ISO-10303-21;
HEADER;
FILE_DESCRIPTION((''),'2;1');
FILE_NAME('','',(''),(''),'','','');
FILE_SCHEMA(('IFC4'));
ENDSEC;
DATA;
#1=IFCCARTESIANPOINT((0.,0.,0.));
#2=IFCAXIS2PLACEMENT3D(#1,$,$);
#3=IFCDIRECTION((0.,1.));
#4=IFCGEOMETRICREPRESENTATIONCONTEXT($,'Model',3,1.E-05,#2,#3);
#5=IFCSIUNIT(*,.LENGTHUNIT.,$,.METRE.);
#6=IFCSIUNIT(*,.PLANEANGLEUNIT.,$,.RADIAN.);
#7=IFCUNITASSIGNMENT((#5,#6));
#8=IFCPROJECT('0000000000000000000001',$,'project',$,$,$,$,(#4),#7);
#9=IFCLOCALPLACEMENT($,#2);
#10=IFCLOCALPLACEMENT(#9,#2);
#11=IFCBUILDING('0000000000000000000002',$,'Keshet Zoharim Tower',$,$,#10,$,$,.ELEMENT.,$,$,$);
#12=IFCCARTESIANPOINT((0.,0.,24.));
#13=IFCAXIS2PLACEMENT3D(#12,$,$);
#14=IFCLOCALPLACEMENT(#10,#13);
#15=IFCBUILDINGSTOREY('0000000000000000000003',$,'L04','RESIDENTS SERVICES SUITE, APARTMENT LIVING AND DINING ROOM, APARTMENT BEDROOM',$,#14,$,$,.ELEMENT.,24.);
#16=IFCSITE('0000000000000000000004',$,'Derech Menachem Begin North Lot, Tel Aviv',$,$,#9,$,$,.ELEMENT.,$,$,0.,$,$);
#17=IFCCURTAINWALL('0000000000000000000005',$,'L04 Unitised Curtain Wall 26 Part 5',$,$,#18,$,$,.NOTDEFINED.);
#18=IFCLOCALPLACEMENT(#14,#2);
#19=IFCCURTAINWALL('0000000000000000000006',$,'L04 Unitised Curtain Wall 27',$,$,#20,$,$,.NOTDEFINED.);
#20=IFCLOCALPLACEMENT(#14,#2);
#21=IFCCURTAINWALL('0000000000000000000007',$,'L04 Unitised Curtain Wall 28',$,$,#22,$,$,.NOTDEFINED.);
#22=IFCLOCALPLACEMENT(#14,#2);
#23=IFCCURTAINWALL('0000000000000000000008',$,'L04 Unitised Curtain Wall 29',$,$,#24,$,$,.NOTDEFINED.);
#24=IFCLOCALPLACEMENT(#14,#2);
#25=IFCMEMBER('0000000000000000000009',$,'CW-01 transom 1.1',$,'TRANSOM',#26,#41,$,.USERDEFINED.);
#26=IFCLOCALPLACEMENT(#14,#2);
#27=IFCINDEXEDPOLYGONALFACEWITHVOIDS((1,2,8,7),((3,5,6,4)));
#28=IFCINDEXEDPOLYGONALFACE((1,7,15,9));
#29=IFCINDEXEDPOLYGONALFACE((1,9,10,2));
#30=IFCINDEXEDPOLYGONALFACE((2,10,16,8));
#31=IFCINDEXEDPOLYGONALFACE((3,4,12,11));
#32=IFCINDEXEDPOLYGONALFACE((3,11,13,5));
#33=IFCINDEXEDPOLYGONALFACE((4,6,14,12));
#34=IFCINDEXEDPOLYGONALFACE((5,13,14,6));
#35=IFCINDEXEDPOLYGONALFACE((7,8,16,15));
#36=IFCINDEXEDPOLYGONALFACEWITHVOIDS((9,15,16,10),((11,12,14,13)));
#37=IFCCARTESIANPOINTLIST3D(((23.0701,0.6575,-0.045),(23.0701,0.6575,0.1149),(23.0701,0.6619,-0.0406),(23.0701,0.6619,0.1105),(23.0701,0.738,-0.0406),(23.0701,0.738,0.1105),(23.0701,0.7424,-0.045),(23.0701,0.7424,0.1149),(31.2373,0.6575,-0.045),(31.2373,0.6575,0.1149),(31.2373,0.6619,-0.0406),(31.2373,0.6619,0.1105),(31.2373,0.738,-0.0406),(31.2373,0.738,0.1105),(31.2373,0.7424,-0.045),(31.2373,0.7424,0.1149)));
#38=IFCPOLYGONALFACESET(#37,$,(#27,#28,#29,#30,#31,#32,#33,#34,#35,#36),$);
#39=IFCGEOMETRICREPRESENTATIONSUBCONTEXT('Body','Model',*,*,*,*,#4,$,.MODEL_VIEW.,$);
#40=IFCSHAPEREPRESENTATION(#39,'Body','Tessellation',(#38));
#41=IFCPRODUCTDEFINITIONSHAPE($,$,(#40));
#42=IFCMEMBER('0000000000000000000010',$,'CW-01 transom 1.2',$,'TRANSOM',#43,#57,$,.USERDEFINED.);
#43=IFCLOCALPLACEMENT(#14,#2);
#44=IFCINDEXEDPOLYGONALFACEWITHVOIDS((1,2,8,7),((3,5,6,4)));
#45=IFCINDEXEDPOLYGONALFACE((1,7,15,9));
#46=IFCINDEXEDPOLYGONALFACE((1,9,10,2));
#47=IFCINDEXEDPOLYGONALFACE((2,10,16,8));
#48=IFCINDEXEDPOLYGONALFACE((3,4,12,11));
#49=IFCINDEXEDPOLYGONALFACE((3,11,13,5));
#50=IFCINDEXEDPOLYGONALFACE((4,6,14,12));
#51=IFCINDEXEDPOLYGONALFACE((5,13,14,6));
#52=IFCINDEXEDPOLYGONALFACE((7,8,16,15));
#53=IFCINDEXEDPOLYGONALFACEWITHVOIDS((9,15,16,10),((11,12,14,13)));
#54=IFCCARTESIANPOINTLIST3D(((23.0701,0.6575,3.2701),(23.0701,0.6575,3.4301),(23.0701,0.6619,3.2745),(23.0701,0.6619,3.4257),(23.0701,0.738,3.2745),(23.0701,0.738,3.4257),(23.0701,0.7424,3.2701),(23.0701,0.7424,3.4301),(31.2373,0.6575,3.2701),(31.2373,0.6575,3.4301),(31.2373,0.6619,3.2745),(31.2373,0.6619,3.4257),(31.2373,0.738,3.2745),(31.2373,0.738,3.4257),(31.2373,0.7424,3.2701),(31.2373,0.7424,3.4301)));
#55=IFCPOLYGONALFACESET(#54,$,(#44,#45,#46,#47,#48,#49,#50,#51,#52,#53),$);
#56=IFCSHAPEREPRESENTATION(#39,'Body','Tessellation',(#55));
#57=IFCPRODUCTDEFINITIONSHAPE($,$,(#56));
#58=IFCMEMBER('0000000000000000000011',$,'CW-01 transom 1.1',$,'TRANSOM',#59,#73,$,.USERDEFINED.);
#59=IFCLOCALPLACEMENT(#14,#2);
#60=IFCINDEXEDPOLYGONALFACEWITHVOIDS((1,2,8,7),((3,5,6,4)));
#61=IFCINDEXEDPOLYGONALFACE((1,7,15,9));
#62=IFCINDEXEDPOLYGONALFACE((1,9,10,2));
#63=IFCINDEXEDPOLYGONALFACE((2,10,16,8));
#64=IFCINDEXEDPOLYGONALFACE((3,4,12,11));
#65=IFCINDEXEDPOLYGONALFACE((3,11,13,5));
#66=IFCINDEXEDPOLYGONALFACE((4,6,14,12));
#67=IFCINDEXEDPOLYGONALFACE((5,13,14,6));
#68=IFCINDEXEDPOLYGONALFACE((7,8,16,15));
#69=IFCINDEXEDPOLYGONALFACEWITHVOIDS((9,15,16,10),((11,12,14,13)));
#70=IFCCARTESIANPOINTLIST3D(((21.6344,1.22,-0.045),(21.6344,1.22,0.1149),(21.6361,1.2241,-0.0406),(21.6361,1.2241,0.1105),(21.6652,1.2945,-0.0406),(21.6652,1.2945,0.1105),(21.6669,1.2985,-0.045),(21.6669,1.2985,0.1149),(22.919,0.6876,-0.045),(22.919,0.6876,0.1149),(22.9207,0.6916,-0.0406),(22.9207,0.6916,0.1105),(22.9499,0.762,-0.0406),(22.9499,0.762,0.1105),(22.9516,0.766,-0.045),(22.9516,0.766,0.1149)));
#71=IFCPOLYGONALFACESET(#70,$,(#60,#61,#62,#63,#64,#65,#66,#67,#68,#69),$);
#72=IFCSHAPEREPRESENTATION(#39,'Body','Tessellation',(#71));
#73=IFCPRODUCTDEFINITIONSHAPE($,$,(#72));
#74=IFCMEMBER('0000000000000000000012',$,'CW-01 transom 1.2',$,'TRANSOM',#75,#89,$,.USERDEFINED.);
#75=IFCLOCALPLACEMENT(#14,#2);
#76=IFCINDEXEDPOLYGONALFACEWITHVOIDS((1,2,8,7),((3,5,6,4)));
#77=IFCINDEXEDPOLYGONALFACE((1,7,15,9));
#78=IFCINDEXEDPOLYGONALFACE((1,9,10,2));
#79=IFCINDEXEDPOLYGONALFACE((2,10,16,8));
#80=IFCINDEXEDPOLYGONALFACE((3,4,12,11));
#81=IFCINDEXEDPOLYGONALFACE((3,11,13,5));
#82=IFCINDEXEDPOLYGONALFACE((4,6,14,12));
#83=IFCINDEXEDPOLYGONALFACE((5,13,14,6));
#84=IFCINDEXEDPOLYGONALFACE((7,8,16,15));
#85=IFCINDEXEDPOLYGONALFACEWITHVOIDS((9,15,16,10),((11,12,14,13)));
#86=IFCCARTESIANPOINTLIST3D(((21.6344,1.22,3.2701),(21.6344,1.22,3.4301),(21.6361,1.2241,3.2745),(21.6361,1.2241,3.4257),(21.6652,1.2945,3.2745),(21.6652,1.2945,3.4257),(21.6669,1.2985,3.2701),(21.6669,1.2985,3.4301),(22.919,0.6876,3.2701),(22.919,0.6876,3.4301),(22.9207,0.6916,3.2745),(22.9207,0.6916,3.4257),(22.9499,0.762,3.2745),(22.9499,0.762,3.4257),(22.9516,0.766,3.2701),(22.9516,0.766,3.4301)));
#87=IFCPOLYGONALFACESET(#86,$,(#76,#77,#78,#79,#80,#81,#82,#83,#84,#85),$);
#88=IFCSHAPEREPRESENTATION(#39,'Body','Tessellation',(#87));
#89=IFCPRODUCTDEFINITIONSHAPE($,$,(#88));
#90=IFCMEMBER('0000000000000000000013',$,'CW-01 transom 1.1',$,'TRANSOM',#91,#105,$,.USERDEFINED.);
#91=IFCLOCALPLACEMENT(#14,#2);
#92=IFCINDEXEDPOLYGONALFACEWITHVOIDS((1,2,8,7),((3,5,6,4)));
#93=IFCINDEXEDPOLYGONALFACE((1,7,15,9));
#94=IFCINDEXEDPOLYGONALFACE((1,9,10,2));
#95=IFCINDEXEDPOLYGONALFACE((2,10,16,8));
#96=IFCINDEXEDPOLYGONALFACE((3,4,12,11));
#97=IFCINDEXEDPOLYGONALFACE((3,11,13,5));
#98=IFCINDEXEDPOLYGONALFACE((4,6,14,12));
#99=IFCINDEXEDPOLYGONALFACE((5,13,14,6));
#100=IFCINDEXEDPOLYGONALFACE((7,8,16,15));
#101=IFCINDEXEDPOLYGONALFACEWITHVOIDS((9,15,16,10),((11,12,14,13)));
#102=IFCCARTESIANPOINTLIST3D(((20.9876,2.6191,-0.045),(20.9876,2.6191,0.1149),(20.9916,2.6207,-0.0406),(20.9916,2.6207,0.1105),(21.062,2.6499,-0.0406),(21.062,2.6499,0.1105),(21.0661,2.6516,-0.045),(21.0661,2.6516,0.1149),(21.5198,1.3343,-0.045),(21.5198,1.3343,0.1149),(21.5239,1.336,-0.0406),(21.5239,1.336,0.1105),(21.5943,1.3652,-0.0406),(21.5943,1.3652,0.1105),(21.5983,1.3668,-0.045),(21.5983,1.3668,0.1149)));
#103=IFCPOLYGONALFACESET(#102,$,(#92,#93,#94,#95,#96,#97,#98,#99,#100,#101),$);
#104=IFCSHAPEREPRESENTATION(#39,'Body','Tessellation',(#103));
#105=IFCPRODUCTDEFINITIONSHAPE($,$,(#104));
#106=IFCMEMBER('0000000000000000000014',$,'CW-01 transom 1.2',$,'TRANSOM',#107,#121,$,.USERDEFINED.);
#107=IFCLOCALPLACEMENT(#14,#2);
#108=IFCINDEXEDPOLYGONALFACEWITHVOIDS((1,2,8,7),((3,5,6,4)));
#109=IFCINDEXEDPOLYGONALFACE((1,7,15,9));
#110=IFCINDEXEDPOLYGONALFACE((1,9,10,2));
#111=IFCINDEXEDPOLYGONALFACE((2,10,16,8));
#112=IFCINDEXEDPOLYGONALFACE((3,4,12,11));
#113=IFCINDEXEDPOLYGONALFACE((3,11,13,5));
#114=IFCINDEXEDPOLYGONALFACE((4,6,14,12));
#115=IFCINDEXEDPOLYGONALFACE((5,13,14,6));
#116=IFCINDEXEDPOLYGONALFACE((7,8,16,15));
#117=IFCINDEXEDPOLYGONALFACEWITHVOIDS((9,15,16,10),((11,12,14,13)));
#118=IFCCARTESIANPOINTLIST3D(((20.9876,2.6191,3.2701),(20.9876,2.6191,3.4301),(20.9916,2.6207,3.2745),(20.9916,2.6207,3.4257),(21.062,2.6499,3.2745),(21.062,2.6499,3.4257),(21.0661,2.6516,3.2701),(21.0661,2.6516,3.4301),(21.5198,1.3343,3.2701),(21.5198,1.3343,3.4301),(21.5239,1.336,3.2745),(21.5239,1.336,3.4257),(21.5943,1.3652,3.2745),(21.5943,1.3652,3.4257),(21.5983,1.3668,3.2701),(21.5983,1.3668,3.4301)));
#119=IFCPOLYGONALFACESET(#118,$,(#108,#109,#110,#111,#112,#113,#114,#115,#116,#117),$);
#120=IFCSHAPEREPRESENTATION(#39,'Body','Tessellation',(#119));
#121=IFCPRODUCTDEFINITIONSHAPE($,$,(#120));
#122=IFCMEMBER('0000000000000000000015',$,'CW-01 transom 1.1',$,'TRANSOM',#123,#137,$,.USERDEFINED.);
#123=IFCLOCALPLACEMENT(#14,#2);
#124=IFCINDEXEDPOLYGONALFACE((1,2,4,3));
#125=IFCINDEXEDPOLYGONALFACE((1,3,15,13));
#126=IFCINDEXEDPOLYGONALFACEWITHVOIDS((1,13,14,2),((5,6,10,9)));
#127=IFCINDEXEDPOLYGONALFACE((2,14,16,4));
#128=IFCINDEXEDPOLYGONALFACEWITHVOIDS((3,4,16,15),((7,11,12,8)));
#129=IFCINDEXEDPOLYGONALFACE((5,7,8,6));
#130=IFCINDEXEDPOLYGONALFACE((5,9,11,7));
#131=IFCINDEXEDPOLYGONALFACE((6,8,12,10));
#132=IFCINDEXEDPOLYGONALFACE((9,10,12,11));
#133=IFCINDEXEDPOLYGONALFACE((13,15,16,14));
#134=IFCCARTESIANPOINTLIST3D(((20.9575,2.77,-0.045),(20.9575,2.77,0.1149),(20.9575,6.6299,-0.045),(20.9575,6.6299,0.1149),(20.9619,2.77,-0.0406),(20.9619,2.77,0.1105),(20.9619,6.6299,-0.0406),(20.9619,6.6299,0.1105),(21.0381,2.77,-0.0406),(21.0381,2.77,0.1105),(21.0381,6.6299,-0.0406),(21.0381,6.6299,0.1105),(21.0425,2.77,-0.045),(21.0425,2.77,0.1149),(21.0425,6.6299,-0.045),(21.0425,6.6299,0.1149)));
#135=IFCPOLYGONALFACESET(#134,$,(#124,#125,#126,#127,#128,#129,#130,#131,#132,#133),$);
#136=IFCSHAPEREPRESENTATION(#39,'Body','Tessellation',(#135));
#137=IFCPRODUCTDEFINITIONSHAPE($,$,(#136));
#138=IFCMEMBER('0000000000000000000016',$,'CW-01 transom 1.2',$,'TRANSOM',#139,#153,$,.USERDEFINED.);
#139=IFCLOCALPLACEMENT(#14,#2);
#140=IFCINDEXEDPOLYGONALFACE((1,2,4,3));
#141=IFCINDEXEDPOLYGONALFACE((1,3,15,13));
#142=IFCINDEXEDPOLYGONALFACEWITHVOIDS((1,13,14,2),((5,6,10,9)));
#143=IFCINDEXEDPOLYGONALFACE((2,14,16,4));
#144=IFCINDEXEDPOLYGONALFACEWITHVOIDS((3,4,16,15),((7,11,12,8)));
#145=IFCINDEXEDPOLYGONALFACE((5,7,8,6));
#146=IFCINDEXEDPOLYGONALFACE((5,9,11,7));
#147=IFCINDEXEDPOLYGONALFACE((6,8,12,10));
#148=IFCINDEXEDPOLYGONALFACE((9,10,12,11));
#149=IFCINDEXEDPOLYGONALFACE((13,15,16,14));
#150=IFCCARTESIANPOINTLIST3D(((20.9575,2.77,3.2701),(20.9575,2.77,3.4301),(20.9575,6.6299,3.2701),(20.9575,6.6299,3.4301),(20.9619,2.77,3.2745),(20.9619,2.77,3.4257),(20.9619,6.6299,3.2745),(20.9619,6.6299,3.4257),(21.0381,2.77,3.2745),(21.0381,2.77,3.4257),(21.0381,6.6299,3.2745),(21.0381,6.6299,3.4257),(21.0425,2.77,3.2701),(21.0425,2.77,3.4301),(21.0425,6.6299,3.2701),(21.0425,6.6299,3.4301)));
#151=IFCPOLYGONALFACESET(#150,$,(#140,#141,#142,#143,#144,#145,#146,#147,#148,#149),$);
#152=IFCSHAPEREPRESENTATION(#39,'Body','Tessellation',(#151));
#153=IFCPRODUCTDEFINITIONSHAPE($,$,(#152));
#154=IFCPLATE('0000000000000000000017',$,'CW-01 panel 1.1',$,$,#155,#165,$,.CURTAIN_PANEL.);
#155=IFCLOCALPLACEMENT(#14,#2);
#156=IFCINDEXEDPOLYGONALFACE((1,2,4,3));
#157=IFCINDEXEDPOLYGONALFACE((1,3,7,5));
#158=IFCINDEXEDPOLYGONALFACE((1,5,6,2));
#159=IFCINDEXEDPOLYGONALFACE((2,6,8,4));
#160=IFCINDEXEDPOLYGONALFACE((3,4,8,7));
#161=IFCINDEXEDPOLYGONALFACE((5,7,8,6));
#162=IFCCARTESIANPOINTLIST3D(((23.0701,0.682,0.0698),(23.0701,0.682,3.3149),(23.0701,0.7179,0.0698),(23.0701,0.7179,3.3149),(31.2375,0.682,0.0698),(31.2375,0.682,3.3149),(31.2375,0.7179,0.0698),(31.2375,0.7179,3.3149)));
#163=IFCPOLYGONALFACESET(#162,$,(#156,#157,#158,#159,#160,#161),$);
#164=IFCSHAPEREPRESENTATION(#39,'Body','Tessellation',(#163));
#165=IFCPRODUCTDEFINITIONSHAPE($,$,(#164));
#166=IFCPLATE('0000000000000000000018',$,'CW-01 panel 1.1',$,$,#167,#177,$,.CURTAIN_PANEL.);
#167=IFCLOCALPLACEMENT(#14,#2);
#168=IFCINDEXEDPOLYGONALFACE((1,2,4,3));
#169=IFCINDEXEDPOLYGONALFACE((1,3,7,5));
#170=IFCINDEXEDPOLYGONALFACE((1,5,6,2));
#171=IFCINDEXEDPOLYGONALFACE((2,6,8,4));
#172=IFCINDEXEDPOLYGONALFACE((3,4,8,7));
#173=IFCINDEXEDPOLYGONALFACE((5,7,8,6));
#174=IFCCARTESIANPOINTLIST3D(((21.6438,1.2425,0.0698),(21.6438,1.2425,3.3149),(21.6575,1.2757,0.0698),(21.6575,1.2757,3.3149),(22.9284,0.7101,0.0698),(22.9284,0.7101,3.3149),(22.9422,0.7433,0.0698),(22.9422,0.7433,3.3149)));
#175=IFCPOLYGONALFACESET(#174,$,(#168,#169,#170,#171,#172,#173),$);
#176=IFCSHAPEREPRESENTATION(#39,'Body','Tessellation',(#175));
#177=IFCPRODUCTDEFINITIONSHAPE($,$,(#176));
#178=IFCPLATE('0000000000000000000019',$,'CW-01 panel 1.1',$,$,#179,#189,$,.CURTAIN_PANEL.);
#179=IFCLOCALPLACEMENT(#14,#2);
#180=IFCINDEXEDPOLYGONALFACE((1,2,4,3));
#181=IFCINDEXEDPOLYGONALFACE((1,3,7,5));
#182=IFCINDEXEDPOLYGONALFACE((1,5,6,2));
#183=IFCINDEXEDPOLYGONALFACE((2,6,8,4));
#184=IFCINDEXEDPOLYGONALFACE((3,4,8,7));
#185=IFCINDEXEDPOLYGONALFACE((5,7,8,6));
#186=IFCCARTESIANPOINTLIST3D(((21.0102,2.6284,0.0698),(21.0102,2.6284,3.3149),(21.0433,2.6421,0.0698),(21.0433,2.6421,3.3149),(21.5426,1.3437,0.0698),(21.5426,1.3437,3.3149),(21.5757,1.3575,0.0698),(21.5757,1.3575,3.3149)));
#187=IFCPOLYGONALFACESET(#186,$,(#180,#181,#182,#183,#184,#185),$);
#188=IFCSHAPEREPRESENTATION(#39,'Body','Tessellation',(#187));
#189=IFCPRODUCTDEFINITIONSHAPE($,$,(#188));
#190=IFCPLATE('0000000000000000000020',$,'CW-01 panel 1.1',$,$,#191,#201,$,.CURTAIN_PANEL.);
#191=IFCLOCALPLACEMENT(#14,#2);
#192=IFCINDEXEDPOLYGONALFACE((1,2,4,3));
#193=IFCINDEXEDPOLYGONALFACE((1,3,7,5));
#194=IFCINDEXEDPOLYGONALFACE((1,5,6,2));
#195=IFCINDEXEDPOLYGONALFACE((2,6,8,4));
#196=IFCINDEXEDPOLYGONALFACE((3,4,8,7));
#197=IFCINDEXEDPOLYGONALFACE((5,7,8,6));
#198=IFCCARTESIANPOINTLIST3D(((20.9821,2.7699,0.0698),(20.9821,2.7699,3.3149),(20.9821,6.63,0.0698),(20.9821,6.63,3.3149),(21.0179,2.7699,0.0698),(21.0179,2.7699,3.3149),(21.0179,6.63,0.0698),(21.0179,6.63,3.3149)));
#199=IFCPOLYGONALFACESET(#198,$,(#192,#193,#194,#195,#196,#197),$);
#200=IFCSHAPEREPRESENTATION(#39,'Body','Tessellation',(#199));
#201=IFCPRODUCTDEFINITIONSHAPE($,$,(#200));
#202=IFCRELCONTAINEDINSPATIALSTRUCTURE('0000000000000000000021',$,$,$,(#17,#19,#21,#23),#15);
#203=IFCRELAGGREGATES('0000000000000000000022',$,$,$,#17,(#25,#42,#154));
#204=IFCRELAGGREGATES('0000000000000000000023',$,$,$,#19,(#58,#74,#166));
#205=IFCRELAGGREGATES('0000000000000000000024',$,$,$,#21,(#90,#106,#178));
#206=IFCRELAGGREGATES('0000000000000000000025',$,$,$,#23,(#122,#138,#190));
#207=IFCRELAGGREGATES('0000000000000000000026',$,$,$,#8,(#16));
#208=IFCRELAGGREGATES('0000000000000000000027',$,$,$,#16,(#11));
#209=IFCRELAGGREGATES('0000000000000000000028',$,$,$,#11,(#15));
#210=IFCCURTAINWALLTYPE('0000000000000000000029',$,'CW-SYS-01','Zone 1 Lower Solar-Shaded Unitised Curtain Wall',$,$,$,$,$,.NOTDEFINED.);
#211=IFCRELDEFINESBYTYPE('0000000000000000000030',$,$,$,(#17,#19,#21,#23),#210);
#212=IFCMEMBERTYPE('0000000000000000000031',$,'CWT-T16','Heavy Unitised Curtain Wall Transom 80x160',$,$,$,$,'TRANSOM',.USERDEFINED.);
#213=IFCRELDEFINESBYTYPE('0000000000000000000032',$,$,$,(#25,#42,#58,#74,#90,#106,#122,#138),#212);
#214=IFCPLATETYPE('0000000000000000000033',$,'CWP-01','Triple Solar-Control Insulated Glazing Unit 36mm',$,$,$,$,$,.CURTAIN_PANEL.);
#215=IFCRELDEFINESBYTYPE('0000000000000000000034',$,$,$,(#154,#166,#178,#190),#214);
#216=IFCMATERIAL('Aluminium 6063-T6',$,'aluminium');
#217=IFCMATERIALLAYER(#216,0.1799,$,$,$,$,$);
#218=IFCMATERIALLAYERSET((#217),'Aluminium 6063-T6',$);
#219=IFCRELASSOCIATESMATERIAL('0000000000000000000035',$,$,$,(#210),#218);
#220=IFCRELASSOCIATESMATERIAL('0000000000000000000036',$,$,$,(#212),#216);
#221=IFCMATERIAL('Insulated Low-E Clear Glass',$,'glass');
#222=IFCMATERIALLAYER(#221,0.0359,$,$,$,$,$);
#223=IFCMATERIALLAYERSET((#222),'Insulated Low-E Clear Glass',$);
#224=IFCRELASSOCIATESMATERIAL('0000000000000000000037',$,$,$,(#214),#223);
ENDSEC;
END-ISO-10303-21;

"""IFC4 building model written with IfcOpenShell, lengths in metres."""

from ifc_helpers import new_model, si_unit, direction, frame, origin, origin_2d, place, context, subcontext, project, spatial, rectangle, hollow_rectangle, extrude, material, layer, layer_set, material_profile, profile_set, type_object, element, aggregate, save


model = new_model("IFC4")

# Units and contexts
model_context = context("Model", 3, precision=1e-05, world=origin(), true_north=direction((0.0, 1.0)))
body_context = subcontext(model_context, "Body", "Model", "MODEL_VIEW")
ifc_project = project(units=[si_unit("LENGTHUNIT", "METRE"), si_unit("PLANEANGLEUNIT", "RADIAN")], contexts=[model_context])

# Site, building, storey
site_placement = place(None, origin())
site = spatial("IfcSite", under=ifc_project, at=site_placement, Name="Derech Menachem Begin North Lot, Tel Aviv", CompositionType="ELEMENT", RefElevation=0.0)
building_placement = place(site_placement, origin())
building = spatial("IfcBuilding", under=site, at=building_placement, Name="Keshet Zoharim Tower", CompositionType="ELEMENT")
storey_placement = place(building_placement, frame((0.0, 0.0, 24.0)))
storey = spatial("IfcBuildingStorey", under=building, at=storey_placement, Name="L04", Description="RESIDENTS SERVICES SUITE, APARTMENT LIVING AND DINING ROOM, APARTMENT BEDROOM", CompositionType="ELEMENT", Elevation=24.0)

# Curtain wall
ifc_material_1 = material(Name="Aluminium 6063-T6", Category="aluminium")
ifc_layer_1 = layer(ifc_material_1, 0.1799)
ifc_layer_set_1 = layer_set([ifc_layer_1], Name="Aluminium 6063-T6")
curtain_wall_type = type_object("IfcCurtainWallType", Name="CW-SYS-01", Description="Zone 1 Lower Solar-Shaded Unitised Curtain Wall", PredefinedType="NOTDEFINED", material=ifc_layer_set_1)
curtain_wall_1_placement = place(storey_placement, origin())
curtain_wall_1 = element("IfcCurtainWall", 1, at=curtain_wall_1_placement, inside=storey, type_object=curtain_wall_type, Name="L04 Unitised Curtain Wall 26 Part 5", PredefinedType="NOTDEFINED")

# Curtain walls
curtain_wall_2_placement = place(storey_placement, origin())
curtain_wall_2 = element("IfcCurtainWall", 2, at=curtain_wall_2_placement, inside=storey, type_object=curtain_wall_type, Name="L04 Unitised Curtain Wall 27", PredefinedType="NOTDEFINED")
curtain_wall_3_placement = place(storey_placement, origin())
curtain_wall_3 = element("IfcCurtainWall", 3, at=curtain_wall_3_placement, inside=storey, type_object=curtain_wall_type, Name="L04 Unitised Curtain Wall 28", PredefinedType="NOTDEFINED")
curtain_wall_4_placement = place(storey_placement, origin())
curtain_wall_4 = element("IfcCurtainWall", 4, at=curtain_wall_4_placement, inside=storey, type_object=curtain_wall_type, Name="L04 Unitised Curtain Wall 29", PredefinedType="NOTDEFINED")

# Members
ifc_material_profile_1 = material_profile(ifc_material_1, hollow_rectangle(XDim=0.085, YDim=0.1599, WallThickness=0.0044, at=origin_2d()), Name="TRN-85x160")
ifc_profile_set_1 = profile_set([ifc_material_profile_1], Name="Aluminium 6063-T6")
member_type_1 = type_object("IfcMemberType", Name="CWT-T16", Description="Heavy Unitised Curtain Wall Transom 80x160", ElementType="TRANSOM", PredefinedType="USERDEFINED", material=ifc_profile_set_1)
member_1_placement = place(storey_placement, frame((31.2373, 0.7, 0.0349), z_axis=(-1.0, 0.0, 0.0), x_axis=(0.0, -1.0, 0.0)))
member_1 = element("IfcMember", 5, at=member_1_placement, type_object=member_type_1, Name="CW-01 transom 1.1", ObjectType="TRANSOM", PredefinedType="USERDEFINED", context=body_context, shape_type="SweptSolid", body=[
    extrude(hollow_rectangle(XDim=0.085, YDim=0.1599, WallThickness=0.0044, at=origin_2d()), origin(), (0.0, 0.0, 1.0), 8.1672),
])
member_2_placement = place(storey_placement, frame((31.2373, 0.7, 3.3501), z_axis=(-1.0, 0.0, 0.0), x_axis=(0.0, -1.0, 0.0)))
member_2 = element("IfcMember", 6, at=member_2_placement, type_object=member_type_1, Name="CW-01 transom 1.2", ObjectType="TRANSOM", PredefinedType="USERDEFINED", context=body_context, shape_type="SweptSolid", body=[
    extrude(hollow_rectangle(XDim=0.085, YDim=0.1599, WallThickness=0.0044, at=origin_2d()), origin(), (0.0, 0.0, 1.0), 8.1672),
])
member_3_placement = place(storey_placement, frame((22.9353, 0.7268, 0.0349), z_axis=(-0.923792, 0.382894, 0.0), x_axis=(-0.382894, -0.923792, 0.0)))
member_3 = element("IfcMember", 7, at=member_3_placement, type_object=member_type_1, Name="CW-01 transom 1.1", ObjectType="TRANSOM", PredefinedType="USERDEFINED", context=body_context, shape_type="SweptSolid", body=[
    extrude(hollow_rectangle(XDim=0.085, YDim=0.1599, WallThickness=0.0044, at=origin_2d()), origin(), (0.0, 0.0, 1.0), 1.3906),
])
member_4_placement = place(storey_placement, frame((22.9353, 0.7268, 3.3501), z_axis=(-0.923792, 0.382894, 0.0), x_axis=(-0.382894, -0.923792, 0.0)))
member_4 = element("IfcMember", 8, at=member_4_placement, type_object=member_type_1, Name="CW-01 transom 1.2", ObjectType="TRANSOM", PredefinedType="USERDEFINED", context=body_context, shape_type="SweptSolid", body=[
    extrude(hollow_rectangle(XDim=0.085, YDim=0.1599, WallThickness=0.0044, at=origin_2d()), origin(), (0.0, 0.0, 1.0), 1.3906),
])
member_5_placement = place(storey_placement, frame((21.5591, 1.3506, 0.0349), z_axis=(-0.382745, 0.923854, 0.0), x_axis=(-0.923854, -0.382745, 0.0)))
member_5 = element("IfcMember", 9, at=member_5_placement, type_object=member_type_1, Name="CW-01 transom 1.1", ObjectType="TRANSOM", PredefinedType="USERDEFINED", context=body_context, shape_type="SweptSolid", body=[
    extrude(hollow_rectangle(XDim=0.085, YDim=0.1599, WallThickness=0.0044, at=origin_2d()), origin(), (0.0, 0.0, 1.0), 1.3906),
])
member_6_placement = place(storey_placement, frame((21.5591, 1.3506, 3.3501), z_axis=(-0.382745, 0.923854, 0.0), x_axis=(-0.923854, -0.382745, 0.0)))
member_6 = element("IfcMember", 10, at=member_6_placement, type_object=member_type_1, Name="CW-01 transom 1.2", ObjectType="TRANSOM", PredefinedType="USERDEFINED", context=body_context, shape_type="SweptSolid", body=[
    extrude(hollow_rectangle(XDim=0.085, YDim=0.1599, WallThickness=0.0044, at=origin_2d()), origin(), (0.0, 0.0, 1.0), 1.3906),
])
member_7_placement = place(storey_placement, frame((21.0, 2.77, 0.0349), z_axis=(0.0, 1.0, 0.0), x_axis=(-1.0, 0.0, 0.0)))
member_7 = element("IfcMember", 11, at=member_7_placement, type_object=member_type_1, Name="CW-01 transom 1.1", ObjectType="TRANSOM", PredefinedType="USERDEFINED", context=body_context, shape_type="SweptSolid", body=[
    extrude(hollow_rectangle(XDim=0.085, YDim=0.1599, WallThickness=0.0044, at=origin_2d()), origin(), (0.0, 0.0, 1.0), 3.8599),
])
member_8_placement = place(storey_placement, frame((21.0, 2.77, 3.3501), z_axis=(0.0, 1.0, 0.0), x_axis=(-1.0, 0.0, 0.0)))
member_8 = element("IfcMember", 12, at=member_8_placement, type_object=member_type_1, Name="CW-01 transom 1.2", ObjectType="TRANSOM", PredefinedType="USERDEFINED", context=body_context, shape_type="SweptSolid", body=[
    extrude(hollow_rectangle(XDim=0.085, YDim=0.1599, WallThickness=0.0044, at=origin_2d()), origin(), (0.0, 0.0, 1.0), 3.8599),
])

# Plates
ifc_material_2 = material(Name="Insulated Low-E Clear Glass", Category="glass")
ifc_layer_2 = layer(ifc_material_2, 0.0359)
ifc_layer_set_2 = layer_set([ifc_layer_2], Name="Insulated Low-E Clear Glass")
plate_type_1 = type_object("IfcPlateType", Name="CWP-01", Description="Triple Solar-Control Insulated Glazing Unit 36mm", PredefinedType="CURTAIN_PANEL", material=ifc_layer_set_2)
plate_1_placement = place(storey_placement, frame((27.1538, 0.7, 0.0698), z_axis=(0.0, 0.0, 1.0), x_axis=(-1.0, 0.0, 0.0)))
plate_1 = element("IfcPlate", 13, at=plate_1_placement, type_object=plate_type_1, Name="CW-01 panel 1.1", PredefinedType="CURTAIN_PANEL", context=body_context, shape_type="SweptSolid", body=[
    extrude(rectangle(XDim=8.1675, YDim=0.0359, at=origin_2d()), origin(), (0.0, 0.0, 1.0), 3.2451),
])
aggregate(curtain_wall_1, [member_1, member_2, plate_1])
plate_2_placement = place(storey_placement, frame((22.293, 0.9929, 0.0698), z_axis=(0.0, 0.0, 1.0), x_axis=(-0.92381, 0.382852, 0.0)))
plate_2 = element("IfcPlate", 14, at=plate_2_placement, type_object=plate_type_1, Name="CW-01 panel 1.1", PredefinedType="CURTAIN_PANEL", context=body_context, shape_type="SweptSolid", body=[
    extrude(rectangle(XDim=1.3906, YDim=0.0359, at=origin_2d()), origin(), (0.0, 0.0, 1.0), 3.2451),
])
aggregate(curtain_wall_2, [member_3, member_4, plate_2])
plate_3_placement = place(storey_placement, frame((21.293, 1.9929, 0.0698), z_axis=(0.0, 0.0, 1.0), x_axis=(-0.382852, 0.92381, 0.0)))
plate_3 = element("IfcPlate", 15, at=plate_3_placement, type_object=plate_type_1, Name="CW-01 panel 1.1", PredefinedType="CURTAIN_PANEL", context=body_context, shape_type="SweptSolid", body=[
    extrude(rectangle(XDim=1.3906, YDim=0.0359, at=origin_2d()), origin(), (0.0, 0.0, 1.0), 3.2451),
])
aggregate(curtain_wall_3, [member_5, member_6, plate_3])
plate_4_placement = place(storey_placement, frame((21.0, 4.7, 0.0698), z_axis=(0.0, 0.0, 1.0), x_axis=(0.0, 1.0, 0.0)))
plate_4 = element("IfcPlate", 16, at=plate_4_placement, type_object=plate_type_1, Name="CW-01 panel 1.1", PredefinedType="CURTAIN_PANEL", context=body_context, shape_type="SweptSolid", body=[
    extrude(rectangle(XDim=3.8601, YDim=0.0359, at=origin_2d()), origin(), (0.0, 0.0, 1.0), 3.2451),
])
aggregate(curtain_wall_4, [member_7, member_8, plate_4])

save(model, "model.ifc")
